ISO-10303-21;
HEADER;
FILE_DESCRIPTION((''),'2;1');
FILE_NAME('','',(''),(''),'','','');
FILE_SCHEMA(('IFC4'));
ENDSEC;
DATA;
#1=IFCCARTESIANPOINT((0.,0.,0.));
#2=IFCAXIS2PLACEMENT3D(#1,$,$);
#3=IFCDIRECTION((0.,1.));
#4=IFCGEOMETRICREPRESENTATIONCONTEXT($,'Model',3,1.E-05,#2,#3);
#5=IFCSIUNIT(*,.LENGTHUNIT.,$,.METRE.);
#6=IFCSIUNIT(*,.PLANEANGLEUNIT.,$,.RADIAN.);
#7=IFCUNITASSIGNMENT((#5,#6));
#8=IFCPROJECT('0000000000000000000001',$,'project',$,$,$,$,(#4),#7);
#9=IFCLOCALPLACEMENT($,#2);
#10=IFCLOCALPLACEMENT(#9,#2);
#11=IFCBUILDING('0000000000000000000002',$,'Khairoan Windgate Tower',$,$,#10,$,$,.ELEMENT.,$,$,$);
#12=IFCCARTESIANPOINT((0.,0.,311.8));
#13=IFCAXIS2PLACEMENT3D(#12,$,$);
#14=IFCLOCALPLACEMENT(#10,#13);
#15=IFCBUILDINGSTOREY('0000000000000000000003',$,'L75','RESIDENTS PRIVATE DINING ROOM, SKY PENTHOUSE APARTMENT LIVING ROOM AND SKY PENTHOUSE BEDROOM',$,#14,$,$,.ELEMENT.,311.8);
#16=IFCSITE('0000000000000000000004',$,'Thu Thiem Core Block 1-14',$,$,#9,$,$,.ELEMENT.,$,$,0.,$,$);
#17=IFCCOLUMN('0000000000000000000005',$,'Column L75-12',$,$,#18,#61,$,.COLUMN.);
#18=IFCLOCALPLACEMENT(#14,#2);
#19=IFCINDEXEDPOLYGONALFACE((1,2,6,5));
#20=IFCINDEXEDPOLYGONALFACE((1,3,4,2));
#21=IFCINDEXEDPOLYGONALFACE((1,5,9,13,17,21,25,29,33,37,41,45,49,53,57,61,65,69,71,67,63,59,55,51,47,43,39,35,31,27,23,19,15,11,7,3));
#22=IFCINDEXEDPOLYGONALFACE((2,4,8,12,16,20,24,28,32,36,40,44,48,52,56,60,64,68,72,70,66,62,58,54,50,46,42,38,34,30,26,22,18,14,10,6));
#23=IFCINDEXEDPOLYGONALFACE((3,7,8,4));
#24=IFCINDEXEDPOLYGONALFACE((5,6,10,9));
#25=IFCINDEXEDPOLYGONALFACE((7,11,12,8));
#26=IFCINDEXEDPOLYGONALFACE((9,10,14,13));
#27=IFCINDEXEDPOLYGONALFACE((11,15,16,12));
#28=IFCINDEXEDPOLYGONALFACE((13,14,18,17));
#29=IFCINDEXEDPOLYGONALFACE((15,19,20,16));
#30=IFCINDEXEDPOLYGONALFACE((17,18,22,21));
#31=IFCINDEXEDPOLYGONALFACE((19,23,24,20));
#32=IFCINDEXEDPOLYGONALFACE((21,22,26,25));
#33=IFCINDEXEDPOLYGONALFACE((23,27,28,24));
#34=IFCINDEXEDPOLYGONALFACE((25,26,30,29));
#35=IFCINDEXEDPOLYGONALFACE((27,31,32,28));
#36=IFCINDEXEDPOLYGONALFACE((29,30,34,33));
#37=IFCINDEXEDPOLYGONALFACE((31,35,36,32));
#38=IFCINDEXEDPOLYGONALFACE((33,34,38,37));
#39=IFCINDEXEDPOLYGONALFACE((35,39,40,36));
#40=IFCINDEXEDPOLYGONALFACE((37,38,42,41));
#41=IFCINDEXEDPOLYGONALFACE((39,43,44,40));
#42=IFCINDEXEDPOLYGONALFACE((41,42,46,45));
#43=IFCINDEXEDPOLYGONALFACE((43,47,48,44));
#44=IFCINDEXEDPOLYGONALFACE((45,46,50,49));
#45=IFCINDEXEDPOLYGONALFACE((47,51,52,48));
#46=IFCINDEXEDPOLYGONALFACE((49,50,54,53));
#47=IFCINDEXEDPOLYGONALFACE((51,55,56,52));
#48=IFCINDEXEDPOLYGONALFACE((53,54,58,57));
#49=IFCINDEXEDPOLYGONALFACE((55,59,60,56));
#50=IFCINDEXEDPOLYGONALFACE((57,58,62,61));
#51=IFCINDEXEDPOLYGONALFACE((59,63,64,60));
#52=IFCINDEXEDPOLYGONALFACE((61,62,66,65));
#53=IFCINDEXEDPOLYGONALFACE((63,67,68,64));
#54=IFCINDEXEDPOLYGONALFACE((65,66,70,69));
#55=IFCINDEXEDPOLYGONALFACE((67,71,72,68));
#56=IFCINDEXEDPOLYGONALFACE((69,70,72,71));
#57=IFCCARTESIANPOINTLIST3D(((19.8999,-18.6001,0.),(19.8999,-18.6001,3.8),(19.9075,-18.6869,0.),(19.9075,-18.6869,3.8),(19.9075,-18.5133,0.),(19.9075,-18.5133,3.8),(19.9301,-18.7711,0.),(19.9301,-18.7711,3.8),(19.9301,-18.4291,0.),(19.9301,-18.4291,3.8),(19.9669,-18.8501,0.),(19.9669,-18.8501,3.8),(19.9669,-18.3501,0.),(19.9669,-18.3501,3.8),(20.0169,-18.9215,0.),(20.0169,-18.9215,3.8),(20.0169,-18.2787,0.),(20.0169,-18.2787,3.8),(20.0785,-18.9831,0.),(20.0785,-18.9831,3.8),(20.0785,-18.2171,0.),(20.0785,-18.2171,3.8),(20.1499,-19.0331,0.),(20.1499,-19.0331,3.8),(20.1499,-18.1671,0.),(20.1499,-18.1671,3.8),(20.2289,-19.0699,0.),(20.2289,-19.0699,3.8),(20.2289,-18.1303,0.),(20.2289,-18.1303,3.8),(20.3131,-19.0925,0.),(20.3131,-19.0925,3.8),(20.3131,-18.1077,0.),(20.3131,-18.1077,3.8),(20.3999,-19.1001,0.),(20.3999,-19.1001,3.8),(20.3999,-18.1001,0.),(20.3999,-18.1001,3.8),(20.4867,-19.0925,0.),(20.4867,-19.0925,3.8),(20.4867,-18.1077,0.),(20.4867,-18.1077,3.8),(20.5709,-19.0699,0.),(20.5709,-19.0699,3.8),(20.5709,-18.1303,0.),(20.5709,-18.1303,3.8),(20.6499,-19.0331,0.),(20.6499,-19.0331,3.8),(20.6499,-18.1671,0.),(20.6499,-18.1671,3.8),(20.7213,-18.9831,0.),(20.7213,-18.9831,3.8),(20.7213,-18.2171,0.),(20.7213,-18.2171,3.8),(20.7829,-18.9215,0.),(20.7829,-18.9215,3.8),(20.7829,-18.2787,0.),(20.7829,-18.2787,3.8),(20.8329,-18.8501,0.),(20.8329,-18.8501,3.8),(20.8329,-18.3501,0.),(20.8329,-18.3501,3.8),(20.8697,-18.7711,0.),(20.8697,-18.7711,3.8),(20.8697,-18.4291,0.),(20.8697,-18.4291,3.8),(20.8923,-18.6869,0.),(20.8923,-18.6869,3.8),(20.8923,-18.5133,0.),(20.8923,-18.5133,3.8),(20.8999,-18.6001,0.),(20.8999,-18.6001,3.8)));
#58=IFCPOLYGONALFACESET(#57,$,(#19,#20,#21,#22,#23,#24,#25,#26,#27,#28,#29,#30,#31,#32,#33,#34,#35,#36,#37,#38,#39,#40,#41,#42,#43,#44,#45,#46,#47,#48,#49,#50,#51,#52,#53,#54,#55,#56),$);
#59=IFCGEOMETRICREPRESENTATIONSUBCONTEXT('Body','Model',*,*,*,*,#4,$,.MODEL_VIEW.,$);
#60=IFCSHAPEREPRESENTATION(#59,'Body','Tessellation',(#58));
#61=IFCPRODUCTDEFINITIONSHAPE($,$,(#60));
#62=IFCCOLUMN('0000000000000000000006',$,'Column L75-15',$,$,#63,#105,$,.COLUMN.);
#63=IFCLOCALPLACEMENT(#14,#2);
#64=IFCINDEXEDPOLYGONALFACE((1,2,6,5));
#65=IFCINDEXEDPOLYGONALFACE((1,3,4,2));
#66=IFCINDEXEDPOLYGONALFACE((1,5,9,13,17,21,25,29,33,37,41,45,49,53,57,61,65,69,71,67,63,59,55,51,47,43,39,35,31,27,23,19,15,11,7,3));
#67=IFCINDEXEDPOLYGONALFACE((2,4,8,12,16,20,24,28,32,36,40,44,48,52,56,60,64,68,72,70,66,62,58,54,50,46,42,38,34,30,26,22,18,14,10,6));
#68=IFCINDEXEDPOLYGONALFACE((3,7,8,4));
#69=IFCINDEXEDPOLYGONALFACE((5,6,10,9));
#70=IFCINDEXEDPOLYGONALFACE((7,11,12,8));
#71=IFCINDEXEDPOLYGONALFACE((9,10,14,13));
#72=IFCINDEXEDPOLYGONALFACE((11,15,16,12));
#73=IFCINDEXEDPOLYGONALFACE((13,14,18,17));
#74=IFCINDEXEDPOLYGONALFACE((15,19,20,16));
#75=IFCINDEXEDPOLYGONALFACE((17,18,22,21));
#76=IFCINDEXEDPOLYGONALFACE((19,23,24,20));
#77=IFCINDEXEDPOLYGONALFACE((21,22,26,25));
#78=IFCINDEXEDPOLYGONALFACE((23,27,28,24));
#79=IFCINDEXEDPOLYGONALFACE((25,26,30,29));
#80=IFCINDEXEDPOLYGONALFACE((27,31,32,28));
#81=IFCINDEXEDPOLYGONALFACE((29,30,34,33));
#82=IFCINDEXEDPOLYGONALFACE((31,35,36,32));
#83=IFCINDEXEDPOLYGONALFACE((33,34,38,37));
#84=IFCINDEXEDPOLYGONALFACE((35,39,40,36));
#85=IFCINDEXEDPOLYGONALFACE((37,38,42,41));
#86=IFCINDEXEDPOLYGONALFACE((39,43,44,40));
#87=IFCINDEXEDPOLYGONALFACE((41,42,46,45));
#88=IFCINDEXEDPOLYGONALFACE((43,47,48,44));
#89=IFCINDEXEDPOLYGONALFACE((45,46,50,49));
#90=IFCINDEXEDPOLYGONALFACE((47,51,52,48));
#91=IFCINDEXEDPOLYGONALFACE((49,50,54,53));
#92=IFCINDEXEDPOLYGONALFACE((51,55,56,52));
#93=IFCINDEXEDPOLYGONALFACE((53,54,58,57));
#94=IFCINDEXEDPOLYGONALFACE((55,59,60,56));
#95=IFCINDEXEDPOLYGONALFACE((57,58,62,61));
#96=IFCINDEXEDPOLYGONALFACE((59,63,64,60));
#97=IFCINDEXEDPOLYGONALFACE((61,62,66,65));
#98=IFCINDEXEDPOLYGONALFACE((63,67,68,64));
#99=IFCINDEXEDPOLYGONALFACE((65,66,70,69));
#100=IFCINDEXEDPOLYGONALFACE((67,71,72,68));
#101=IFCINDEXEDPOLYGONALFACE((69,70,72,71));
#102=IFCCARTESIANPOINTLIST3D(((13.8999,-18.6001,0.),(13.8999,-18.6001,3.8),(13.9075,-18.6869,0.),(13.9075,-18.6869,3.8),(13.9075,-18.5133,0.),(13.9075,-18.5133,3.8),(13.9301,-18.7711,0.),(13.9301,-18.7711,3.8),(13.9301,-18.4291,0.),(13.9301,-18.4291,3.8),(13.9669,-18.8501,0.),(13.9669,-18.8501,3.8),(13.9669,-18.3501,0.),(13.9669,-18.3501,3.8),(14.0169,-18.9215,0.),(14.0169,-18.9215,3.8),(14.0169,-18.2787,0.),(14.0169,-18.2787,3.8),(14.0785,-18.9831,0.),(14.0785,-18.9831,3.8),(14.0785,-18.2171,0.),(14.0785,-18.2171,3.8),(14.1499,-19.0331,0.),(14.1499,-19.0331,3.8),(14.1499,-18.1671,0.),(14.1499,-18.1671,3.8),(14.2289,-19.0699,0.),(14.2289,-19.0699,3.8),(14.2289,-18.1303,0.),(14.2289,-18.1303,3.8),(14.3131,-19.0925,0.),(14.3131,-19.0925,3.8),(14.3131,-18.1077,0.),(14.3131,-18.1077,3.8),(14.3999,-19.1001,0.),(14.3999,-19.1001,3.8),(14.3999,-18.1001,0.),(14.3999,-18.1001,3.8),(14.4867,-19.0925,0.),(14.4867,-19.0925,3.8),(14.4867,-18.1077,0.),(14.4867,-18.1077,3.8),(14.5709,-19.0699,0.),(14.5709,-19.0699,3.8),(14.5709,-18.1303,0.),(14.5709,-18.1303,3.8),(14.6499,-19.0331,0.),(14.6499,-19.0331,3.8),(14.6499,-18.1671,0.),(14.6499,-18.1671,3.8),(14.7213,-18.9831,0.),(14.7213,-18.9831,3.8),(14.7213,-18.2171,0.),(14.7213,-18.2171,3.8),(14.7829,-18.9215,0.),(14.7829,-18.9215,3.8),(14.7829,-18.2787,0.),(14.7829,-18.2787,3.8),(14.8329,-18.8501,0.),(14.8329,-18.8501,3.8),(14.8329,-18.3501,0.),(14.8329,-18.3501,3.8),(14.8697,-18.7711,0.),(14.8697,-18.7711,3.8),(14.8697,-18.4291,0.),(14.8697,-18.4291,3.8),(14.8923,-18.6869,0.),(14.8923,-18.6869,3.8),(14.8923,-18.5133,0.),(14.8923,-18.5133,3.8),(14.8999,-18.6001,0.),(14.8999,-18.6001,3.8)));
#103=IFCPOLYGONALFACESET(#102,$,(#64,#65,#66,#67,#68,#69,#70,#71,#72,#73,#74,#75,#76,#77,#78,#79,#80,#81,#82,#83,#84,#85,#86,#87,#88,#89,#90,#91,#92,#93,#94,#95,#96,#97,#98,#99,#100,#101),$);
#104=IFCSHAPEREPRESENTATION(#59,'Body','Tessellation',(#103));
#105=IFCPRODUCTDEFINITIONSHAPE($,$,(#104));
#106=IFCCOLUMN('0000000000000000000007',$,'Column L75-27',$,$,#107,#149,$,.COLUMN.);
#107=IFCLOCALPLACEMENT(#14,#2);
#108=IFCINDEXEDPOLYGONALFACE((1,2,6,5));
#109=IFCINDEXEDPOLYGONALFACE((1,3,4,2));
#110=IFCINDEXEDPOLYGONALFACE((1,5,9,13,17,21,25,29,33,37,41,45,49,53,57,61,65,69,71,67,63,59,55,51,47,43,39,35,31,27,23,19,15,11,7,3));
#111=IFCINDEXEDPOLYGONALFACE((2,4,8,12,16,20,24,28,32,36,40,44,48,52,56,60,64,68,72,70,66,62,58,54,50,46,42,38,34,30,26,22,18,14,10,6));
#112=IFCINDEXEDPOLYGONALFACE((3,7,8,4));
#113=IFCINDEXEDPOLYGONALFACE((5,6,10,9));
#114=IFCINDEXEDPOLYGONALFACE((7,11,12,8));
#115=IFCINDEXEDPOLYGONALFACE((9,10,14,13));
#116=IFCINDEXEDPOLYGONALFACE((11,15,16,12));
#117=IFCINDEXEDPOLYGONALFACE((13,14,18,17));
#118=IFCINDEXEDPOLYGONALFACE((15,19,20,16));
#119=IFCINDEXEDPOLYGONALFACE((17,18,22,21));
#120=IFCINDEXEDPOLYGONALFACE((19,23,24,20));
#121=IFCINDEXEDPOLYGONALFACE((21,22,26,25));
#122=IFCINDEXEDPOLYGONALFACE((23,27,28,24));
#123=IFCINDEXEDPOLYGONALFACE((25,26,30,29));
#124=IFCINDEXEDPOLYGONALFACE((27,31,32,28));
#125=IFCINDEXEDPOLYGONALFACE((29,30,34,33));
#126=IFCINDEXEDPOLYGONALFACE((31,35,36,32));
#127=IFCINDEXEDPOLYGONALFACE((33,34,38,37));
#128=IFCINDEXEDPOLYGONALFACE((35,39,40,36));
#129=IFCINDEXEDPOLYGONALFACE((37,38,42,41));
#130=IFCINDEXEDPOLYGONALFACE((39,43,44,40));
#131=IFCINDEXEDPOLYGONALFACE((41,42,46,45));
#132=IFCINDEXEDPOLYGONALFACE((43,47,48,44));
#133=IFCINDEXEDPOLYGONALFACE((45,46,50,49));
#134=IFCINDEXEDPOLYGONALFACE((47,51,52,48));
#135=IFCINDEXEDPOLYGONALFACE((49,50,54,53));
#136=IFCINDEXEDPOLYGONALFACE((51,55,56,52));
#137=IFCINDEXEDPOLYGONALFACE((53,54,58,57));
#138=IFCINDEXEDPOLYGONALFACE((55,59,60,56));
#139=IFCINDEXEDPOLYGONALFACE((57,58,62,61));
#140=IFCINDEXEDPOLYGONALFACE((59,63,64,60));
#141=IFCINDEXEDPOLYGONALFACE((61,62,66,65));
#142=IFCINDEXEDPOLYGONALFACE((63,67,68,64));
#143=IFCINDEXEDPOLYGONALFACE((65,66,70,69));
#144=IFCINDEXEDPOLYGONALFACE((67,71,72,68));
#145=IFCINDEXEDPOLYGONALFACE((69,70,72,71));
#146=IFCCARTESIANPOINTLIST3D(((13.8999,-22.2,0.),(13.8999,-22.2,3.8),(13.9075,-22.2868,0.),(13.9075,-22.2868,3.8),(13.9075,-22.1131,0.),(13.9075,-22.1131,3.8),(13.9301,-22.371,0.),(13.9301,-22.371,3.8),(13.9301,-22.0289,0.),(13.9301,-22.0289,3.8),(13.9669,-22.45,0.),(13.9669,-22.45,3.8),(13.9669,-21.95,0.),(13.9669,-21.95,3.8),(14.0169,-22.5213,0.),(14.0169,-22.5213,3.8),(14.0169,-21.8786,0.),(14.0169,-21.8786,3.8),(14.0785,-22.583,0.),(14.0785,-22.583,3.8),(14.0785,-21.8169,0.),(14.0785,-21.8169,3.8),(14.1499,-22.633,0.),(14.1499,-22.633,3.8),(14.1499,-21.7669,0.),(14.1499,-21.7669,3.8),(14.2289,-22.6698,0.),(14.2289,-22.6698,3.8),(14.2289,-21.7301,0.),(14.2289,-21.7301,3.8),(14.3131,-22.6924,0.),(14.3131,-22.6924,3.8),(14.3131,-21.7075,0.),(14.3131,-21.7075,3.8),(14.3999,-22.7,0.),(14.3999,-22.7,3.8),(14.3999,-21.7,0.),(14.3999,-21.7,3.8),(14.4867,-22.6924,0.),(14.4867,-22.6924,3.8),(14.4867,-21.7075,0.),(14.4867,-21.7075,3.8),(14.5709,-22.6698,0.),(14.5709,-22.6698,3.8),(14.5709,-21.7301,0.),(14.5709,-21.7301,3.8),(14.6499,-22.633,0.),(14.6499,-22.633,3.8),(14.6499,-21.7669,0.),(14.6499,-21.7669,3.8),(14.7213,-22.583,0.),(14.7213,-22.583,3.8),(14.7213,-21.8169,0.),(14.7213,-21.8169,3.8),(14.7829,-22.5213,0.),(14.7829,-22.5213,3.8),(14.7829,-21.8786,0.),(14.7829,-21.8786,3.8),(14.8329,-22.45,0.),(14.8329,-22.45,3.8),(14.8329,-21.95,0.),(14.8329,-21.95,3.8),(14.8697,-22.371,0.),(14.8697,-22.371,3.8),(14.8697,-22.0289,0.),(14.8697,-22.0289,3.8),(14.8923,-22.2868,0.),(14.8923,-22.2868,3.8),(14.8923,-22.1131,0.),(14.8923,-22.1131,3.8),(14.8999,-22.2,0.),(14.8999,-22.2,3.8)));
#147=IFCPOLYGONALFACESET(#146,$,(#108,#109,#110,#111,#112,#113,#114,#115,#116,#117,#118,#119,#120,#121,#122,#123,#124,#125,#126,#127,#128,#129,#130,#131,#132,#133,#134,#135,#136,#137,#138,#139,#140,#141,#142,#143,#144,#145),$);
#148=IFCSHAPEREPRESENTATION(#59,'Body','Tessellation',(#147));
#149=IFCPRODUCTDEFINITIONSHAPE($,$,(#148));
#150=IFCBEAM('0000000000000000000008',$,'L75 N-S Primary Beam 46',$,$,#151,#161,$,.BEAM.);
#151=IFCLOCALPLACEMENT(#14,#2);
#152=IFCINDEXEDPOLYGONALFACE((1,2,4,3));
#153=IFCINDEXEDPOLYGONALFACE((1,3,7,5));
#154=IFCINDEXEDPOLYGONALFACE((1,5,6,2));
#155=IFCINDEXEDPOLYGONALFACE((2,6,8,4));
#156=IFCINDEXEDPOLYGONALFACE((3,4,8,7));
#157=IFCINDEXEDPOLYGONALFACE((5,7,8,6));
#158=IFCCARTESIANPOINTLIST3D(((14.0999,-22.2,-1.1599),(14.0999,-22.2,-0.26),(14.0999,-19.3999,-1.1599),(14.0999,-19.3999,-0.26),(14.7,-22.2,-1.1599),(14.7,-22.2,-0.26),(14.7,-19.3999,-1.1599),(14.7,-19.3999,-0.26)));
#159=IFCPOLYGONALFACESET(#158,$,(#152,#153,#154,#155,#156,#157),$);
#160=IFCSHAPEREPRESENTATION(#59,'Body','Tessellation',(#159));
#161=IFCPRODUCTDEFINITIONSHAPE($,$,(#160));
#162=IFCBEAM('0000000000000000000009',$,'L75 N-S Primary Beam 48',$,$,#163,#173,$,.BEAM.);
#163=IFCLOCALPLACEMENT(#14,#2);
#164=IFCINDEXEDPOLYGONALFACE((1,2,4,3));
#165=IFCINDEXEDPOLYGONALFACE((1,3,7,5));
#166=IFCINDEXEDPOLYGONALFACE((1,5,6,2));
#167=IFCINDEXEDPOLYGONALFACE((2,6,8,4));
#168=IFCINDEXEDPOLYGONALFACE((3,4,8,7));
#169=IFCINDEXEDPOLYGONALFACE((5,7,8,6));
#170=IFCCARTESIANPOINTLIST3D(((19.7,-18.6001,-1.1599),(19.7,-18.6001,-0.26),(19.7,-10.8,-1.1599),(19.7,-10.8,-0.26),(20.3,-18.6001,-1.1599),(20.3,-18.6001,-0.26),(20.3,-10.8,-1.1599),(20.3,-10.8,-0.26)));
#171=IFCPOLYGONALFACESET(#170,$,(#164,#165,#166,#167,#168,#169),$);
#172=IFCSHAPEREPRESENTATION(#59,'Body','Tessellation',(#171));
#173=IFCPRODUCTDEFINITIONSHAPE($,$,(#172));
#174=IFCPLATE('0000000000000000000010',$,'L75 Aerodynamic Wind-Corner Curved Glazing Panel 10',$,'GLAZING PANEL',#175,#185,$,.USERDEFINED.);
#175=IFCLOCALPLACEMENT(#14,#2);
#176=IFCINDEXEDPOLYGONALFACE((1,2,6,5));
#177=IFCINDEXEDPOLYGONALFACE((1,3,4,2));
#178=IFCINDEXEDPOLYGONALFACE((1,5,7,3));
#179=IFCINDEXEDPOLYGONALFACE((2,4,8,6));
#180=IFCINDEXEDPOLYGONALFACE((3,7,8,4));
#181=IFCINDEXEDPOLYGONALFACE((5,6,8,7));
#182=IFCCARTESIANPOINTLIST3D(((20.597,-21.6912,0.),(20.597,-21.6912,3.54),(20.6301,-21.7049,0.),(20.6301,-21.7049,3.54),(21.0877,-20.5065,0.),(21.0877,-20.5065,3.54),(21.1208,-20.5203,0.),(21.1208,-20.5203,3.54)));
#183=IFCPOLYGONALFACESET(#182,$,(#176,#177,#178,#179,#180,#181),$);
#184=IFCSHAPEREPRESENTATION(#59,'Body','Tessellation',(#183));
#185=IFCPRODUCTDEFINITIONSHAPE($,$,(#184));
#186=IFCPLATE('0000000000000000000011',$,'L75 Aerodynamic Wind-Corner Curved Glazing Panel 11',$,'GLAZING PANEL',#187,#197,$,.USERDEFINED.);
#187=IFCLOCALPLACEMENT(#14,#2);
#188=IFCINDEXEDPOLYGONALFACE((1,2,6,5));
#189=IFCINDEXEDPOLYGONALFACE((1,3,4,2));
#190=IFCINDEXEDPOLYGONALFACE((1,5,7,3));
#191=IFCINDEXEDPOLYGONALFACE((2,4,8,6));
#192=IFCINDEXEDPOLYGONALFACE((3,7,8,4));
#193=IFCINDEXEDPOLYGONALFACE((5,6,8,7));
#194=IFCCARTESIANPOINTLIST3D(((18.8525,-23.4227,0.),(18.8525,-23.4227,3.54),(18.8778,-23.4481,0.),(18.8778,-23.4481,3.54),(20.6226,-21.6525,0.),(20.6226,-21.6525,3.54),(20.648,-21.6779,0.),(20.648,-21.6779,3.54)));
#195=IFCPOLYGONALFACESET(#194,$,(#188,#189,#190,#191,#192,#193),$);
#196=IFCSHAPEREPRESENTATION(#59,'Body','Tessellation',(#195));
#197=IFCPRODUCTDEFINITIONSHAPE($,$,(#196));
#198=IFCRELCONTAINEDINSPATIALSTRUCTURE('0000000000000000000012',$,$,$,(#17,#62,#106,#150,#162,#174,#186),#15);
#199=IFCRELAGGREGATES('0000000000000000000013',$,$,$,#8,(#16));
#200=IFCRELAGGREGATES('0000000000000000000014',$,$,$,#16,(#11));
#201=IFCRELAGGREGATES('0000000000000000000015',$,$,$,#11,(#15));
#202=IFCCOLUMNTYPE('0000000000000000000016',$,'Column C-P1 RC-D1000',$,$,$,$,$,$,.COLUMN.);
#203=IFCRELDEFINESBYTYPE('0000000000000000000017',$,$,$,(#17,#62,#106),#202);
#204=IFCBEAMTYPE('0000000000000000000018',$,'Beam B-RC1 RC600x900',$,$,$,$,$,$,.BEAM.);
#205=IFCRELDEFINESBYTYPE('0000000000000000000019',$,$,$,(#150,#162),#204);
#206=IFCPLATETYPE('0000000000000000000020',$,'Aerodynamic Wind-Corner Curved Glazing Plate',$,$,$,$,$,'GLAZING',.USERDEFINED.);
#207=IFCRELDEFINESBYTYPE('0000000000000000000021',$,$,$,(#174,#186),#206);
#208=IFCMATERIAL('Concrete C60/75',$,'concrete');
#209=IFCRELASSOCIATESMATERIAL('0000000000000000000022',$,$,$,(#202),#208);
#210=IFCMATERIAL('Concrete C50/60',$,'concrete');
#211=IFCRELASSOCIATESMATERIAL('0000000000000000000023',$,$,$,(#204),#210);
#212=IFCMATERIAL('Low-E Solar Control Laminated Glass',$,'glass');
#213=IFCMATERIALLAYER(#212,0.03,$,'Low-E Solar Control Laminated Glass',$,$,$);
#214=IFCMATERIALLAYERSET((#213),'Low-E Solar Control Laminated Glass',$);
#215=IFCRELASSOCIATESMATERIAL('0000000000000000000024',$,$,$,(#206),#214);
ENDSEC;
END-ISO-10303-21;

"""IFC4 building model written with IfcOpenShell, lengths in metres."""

from ifc_helpers import new_model, si_unit, direction, frame, origin, origin_2d, place, context, subcontext, project, spatial, rectangle, circle, extrude, material, layer, layer_set, material_profile, profile_set, type_object, element, save


model = new_model("IFC4")

# Units and contexts
model_context = context("Model", 3, precision=1e-05, world=origin(), true_north=direction((0.0, 1.0)))
body_context = subcontext(model_context, "Body", "Model", "MODEL_VIEW")
ifc_project = project(units=[si_unit("LENGTHUNIT", "METRE"), si_unit("PLANEANGLEUNIT", "RADIAN")], contexts=[model_context])

# Site, building, storey
site_placement = place(None, origin())
site = spatial("IfcSite", under=ifc_project, at=site_placement, Name="Thu Thiem Core Block 1-14", CompositionType="ELEMENT", RefElevation=0.0)
building_placement = place(site_placement, origin())
building = spatial("IfcBuilding", under=site, at=building_placement, Name="Khairoan Windgate Tower", CompositionType="ELEMENT")
storey_placement = place(building_placement, frame((0.0, 0.0, 311.8)))
storey = spatial("IfcBuildingStorey", under=building, at=storey_placement, Name="L75", Description="RESIDENTS PRIVATE DINING ROOM, SKY PENTHOUSE APARTMENT LIVING ROOM AND SKY PENTHOUSE BEDROOM", CompositionType="ELEMENT", Elevation=311.8)

# Columns
ifc_material_1 = material(Name="Concrete C60/75", Category="concrete")
ifc_material_profile_1 = material_profile(ifc_material_1, circle(Radius=0.5, at=origin_2d()))
ifc_profile_set_1 = profile_set([ifc_material_profile_1], Name="Concrete C60/75")
column_type = type_object("IfcColumnType", Name="Column C-P1 RC-D1000", PredefinedType="COLUMN", material=ifc_profile_set_1)
for number, where, z_axis, x_axis, name in (
    (1, (20.3999, -18.6001, 0.0), (0.0, 0.0, 1.0), (1.0, 0.0, 0.0), "Column L75-12"),
    (2, (14.3999, -18.6001, 0.0), (0.0, 0.0, 1.0), (1.0, 0.0, 0.0), "Column L75-15"),
    (3, (14.3999, -22.2, 0.0), (0.0, 0.0, 1.0), (1.0, 0.0, 0.0), "Column L75-27"),
):
    element("IfcColumn", number, at=place(storey_placement, frame(where, z_axis=z_axis, x_axis=x_axis)), inside=storey, type_object=column_type, Name=name, PredefinedType="COLUMN", context=body_context, shape_type="SweptSolid", body=[
        extrude(circle(Radius=0.5, at=origin_2d()), origin(), (0.0, 0.0, 1.0), 3.8),
    ])

# Beams
ifc_material_2 = material(Name="Concrete C50/60", Category="concrete")
ifc_material_profile_2 = material_profile(ifc_material_2, rectangle(XDim=0.6001, YDim=0.8999, at=origin_2d()))
ifc_profile_set_2 = profile_set([ifc_material_profile_2], Name="Concrete C50/60")
beam_type = type_object("IfcBeamType", Name="Beam B-RC1 RC600x900", PredefinedType="BEAM", material=ifc_profile_set_2)
beam_1_placement = place(storey_placement, frame((14.3999, -22.2, -0.71), z_axis=(0.0, 1.0, 0.0), x_axis=(-1.0, 0.0, 0.0)))
element("IfcBeam", 4, at=beam_1_placement, inside=storey, type_object=beam_type, Name="L75 N-S Primary Beam 46", PredefinedType="BEAM", context=body_context, shape_type="SweptSolid", body=[
    extrude(rectangle(XDim=0.6001, YDim=0.8999, at=origin_2d()), origin(), (0.0, 0.0, 1.0), 2.8),
])
beam_2_placement = place(storey_placement, frame((20.0, -18.6001, -0.71), z_axis=(0.0, 1.0, 0.0), x_axis=(-1.0, 0.0, 0.0)))
element("IfcBeam", 5, at=beam_2_placement, inside=storey, type_object=beam_type, Name="L75 N-S Primary Beam 48", PredefinedType="BEAM", context=body_context, shape_type="SweptSolid", body=[
    extrude(rectangle(XDim=0.6001, YDim=0.8999, at=origin_2d()), origin(), (0.0, 0.0, 1.0), 7.8),
])

# Plates
ifc_material_3 = material(Name="Low-E Solar Control Laminated Glass", Category="glass")
ifc_layer_1 = layer(ifc_material_3, 0.03, Name="Low-E Solar Control Laminated Glass")
ifc_layer_set_1 = layer_set([ifc_layer_1], Name="Low-E Solar Control Laminated Glass")
plate_type_1 = type_object("IfcPlateType", Name="Aerodynamic Wind-Corner Curved Glazing Plate", ElementType="GLAZING", PredefinedType="USERDEFINED", material=ifc_layer_set_1)
plate_1_placement = place(storey_placement, frame((20.8589, -21.1057, 0.0), z_axis=(0.0, 0.0, 1.0), x_axis=(-0.382683, -0.92388, 0.0)))
element("IfcPlate", 6, at=plate_1_placement, inside=storey, type_object=plate_type_1, Name="L75 Aerodynamic Wind-Corner Curved Glazing Panel 10", ObjectType="GLAZING PANEL", PredefinedType="USERDEFINED", context=body_context, shape_type="SweptSolid", body=[
    extrude(rectangle(XDim=1.2822, YDim=0.0359, at=origin_2d()), origin(), (0.0, 0.0, 1.0), 3.54),
])
plate_2_placement = place(storey_placement, frame((19.7502, -22.5503, 0.0), z_axis=(0.0, 0.0, 1.0), x_axis=(-0.707107, -0.707107, 0.0)))
element("IfcPlate", 7, at=plate_2_placement, inside=storey, type_object=plate_type_1, Name="L75 Aerodynamic Wind-Corner Curved Glazing Panel 11", ObjectType="GLAZING PANEL", PredefinedType="USERDEFINED", context=body_context, shape_type="SweptSolid", body=[
    extrude(rectangle(XDim=2.5034, YDim=0.0359, at=origin_2d()), origin(), (0.0, 0.0, 1.0), 3.54),
])

save(model, "model.ifc")
